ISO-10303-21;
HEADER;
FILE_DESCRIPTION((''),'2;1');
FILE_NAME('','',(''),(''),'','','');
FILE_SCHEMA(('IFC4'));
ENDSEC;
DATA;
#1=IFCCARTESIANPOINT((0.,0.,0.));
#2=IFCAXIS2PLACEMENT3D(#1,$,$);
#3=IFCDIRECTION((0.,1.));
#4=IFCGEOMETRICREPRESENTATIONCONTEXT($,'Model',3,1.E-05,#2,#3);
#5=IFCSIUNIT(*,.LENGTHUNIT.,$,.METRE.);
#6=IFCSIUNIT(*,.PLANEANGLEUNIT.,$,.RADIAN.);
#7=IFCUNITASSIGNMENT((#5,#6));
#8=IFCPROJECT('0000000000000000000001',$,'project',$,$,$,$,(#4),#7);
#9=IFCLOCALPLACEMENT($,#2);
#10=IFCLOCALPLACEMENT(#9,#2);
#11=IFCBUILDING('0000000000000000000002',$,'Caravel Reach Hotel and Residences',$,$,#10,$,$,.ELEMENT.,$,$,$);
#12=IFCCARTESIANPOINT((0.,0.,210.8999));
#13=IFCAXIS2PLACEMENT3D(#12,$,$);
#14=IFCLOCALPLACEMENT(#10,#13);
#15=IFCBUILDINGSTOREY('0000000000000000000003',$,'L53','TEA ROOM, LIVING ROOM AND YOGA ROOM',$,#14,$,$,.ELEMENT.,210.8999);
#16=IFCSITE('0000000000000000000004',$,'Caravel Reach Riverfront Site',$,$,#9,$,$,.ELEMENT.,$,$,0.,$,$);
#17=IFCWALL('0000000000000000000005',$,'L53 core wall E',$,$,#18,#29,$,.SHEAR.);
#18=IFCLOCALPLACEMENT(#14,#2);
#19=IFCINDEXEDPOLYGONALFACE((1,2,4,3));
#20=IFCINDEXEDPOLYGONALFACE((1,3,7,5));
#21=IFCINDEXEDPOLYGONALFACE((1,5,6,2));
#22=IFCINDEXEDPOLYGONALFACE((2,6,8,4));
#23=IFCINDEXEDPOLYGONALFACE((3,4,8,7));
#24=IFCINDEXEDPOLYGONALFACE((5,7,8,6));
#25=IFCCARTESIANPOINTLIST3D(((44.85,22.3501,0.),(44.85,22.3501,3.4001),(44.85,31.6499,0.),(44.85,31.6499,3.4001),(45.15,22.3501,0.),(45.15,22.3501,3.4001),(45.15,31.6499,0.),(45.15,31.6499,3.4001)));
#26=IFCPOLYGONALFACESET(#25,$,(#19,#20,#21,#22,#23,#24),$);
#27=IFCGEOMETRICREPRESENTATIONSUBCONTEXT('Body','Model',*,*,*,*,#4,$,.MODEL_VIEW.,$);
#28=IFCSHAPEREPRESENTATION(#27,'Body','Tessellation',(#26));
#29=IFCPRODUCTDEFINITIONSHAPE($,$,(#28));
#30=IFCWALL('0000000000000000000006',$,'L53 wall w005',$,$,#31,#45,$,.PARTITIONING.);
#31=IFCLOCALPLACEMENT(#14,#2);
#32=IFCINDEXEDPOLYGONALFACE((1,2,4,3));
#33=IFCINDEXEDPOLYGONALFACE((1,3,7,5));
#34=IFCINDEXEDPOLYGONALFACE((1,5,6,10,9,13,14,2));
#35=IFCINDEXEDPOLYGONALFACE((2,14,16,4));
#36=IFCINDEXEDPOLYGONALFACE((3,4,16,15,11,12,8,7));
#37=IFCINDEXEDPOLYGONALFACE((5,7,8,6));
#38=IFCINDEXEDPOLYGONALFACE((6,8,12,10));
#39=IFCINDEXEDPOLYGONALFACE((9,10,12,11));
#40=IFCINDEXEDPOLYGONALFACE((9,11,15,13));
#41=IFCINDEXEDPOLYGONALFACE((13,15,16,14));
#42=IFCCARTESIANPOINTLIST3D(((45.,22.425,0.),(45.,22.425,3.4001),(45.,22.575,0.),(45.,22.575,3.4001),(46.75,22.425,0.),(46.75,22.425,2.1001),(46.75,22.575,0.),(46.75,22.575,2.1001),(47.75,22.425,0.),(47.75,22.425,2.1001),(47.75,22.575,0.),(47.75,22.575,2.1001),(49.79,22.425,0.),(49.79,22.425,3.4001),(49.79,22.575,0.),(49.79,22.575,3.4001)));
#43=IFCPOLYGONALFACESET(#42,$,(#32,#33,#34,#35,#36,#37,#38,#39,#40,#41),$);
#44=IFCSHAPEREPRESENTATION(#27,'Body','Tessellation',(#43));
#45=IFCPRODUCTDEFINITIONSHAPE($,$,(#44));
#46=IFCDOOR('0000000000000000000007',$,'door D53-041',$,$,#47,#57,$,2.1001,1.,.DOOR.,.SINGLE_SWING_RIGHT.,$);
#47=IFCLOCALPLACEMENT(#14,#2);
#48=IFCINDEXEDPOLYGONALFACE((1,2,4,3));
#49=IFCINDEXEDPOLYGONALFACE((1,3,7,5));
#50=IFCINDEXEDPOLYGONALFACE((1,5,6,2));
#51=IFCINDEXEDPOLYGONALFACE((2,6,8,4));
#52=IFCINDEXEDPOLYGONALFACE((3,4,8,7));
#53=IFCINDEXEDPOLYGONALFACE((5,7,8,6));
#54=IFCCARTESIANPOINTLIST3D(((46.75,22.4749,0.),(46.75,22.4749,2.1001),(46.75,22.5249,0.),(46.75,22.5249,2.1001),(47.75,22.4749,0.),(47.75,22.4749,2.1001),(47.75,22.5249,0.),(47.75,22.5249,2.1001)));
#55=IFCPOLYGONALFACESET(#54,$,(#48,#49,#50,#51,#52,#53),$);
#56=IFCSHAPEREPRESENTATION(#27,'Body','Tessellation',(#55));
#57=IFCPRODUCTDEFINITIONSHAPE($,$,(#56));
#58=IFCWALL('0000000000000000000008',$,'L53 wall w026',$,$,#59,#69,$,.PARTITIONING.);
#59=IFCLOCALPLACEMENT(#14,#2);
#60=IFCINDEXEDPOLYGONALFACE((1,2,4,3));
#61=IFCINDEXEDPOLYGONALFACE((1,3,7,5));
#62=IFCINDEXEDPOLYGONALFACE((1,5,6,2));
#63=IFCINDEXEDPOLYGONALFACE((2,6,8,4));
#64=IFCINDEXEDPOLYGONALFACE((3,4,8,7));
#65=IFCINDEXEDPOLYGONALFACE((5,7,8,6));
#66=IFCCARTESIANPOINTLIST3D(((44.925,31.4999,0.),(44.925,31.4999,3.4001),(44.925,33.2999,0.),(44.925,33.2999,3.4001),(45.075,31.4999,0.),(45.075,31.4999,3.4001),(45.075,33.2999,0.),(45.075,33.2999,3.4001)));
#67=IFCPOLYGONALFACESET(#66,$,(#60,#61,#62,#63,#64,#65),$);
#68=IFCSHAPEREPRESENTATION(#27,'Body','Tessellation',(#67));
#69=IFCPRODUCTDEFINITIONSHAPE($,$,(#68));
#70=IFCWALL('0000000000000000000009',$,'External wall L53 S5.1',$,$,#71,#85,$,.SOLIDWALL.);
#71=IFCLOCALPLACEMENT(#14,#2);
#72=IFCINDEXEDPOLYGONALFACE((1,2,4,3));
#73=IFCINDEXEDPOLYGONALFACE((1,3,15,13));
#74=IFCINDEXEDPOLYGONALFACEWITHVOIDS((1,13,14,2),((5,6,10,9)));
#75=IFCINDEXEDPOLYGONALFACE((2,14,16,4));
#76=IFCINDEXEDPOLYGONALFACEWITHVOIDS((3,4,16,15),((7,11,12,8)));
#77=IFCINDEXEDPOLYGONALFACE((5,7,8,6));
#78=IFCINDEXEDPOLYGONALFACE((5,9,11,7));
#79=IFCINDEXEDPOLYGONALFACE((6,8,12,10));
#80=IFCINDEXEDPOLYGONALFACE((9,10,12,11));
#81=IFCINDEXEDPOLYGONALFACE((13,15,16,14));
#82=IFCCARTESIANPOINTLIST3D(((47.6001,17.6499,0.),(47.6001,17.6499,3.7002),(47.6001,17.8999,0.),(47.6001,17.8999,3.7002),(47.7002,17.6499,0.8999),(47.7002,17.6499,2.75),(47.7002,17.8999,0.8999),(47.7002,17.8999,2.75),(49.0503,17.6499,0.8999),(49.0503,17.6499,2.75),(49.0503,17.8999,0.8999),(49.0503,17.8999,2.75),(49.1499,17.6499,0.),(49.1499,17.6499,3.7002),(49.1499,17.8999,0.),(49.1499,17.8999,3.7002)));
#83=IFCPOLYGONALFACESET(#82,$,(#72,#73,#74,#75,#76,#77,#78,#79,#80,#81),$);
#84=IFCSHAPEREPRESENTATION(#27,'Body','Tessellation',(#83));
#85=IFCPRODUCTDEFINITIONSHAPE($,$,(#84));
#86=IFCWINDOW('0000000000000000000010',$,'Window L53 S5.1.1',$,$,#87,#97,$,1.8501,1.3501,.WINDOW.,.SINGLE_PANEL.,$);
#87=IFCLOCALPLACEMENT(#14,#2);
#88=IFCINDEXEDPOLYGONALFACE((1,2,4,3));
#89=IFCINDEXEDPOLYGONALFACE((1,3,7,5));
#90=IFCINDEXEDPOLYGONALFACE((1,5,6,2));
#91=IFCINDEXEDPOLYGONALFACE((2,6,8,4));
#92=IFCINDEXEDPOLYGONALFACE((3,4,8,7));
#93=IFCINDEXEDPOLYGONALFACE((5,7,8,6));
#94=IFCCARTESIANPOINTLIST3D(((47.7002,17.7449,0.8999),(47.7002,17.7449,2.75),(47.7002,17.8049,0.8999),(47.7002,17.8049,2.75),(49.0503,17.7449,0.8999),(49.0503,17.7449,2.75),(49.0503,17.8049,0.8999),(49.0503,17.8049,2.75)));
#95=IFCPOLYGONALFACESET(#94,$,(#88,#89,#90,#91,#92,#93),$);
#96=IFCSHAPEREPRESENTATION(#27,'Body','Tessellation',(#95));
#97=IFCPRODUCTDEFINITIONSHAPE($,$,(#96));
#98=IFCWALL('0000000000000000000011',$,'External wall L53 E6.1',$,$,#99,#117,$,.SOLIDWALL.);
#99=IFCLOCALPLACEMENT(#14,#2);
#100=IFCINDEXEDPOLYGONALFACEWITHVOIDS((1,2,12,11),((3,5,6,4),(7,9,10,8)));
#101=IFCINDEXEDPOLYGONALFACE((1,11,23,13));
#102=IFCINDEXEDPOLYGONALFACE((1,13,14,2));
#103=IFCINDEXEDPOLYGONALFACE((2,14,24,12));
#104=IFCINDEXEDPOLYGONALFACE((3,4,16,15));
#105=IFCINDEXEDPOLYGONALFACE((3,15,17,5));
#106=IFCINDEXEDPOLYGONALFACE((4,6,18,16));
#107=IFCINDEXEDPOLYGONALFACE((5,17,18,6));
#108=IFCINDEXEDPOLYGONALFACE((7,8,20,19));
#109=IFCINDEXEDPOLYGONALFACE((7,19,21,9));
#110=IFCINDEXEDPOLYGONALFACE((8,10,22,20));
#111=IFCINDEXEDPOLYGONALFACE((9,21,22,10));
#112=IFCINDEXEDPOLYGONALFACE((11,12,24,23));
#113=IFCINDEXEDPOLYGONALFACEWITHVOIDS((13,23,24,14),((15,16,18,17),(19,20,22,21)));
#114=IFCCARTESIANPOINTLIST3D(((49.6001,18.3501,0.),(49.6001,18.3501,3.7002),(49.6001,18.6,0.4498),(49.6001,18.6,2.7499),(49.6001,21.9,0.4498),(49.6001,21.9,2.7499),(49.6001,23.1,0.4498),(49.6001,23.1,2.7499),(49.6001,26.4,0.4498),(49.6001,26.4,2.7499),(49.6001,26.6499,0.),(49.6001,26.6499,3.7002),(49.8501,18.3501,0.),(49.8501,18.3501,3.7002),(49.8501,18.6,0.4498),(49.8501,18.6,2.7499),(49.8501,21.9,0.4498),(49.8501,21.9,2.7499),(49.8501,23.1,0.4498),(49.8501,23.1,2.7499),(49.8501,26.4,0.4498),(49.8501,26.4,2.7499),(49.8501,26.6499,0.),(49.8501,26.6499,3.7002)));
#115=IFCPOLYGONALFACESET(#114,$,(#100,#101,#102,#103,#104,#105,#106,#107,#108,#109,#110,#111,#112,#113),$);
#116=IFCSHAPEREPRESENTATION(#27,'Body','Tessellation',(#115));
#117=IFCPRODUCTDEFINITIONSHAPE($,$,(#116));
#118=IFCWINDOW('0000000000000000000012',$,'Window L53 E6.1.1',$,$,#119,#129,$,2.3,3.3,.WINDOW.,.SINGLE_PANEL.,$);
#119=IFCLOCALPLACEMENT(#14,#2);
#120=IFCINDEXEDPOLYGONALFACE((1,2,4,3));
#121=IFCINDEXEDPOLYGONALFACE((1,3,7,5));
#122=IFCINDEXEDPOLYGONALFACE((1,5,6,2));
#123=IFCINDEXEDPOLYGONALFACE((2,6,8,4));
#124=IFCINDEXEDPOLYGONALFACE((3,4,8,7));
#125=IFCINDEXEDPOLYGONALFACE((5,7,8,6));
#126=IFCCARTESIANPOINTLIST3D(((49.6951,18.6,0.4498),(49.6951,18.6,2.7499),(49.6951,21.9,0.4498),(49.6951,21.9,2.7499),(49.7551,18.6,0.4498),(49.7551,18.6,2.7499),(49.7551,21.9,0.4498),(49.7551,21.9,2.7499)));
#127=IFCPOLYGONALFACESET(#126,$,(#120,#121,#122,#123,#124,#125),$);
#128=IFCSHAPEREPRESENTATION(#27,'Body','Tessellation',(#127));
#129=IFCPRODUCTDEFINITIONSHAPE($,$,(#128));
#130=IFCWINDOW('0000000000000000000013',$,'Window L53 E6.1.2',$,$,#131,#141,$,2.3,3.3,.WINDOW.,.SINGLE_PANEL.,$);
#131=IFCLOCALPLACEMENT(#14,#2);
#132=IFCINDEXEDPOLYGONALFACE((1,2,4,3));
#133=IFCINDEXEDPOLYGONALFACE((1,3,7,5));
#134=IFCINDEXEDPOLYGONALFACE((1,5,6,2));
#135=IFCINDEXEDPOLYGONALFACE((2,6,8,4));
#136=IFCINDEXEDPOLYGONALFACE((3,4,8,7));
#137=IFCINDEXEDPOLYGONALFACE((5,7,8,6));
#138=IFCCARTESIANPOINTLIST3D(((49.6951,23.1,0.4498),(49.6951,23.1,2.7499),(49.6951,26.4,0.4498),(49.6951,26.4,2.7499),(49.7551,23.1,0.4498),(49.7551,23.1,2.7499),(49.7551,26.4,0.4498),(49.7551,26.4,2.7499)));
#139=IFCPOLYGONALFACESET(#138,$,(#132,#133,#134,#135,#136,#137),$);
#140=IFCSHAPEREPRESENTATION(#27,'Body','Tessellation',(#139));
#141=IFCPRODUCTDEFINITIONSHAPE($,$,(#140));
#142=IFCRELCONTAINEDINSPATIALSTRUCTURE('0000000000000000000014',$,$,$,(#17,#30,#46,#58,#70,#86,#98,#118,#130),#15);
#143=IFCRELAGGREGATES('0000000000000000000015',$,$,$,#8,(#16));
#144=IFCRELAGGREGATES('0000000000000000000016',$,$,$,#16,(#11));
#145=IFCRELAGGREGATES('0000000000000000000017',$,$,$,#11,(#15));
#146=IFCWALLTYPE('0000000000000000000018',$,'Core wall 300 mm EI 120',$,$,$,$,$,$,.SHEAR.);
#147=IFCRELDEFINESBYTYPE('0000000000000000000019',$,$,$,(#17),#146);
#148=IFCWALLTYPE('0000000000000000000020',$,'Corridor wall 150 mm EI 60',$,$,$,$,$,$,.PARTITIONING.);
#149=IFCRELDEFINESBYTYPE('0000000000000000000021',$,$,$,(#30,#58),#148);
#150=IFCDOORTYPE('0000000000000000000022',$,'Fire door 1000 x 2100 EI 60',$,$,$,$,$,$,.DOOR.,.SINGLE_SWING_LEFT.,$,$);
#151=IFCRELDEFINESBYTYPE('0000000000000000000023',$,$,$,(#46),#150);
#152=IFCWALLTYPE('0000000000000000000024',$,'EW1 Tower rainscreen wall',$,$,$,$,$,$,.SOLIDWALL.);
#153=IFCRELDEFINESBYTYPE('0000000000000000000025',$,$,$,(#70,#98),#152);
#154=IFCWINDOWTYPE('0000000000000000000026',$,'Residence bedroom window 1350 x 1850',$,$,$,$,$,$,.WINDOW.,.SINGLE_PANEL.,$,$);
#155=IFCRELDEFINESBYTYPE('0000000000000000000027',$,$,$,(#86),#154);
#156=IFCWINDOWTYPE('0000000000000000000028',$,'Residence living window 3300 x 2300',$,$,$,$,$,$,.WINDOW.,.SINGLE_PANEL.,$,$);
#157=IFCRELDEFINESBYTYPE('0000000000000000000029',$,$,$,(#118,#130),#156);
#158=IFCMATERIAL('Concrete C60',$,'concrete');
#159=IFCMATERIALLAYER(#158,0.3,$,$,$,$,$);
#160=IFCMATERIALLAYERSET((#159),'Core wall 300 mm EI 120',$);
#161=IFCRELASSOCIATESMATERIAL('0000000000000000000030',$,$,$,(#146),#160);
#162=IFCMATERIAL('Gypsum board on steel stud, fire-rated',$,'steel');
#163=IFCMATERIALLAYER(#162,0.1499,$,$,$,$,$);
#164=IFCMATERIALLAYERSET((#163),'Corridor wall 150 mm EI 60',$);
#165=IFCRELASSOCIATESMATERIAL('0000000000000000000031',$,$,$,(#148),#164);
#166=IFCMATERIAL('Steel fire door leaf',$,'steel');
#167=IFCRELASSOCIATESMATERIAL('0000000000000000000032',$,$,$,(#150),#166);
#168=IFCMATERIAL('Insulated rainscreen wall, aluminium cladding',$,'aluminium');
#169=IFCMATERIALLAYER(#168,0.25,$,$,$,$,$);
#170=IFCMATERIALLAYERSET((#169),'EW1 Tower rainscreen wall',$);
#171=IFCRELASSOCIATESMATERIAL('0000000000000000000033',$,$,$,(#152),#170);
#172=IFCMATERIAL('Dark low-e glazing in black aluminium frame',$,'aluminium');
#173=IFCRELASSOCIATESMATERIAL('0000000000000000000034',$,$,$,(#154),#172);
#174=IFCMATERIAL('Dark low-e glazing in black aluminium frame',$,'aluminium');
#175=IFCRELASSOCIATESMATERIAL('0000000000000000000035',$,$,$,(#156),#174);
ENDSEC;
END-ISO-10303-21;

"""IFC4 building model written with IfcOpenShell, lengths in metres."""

from ifc_helpers import new_model, si_unit, direction, frame, frame_2d, origin, place, context, subcontext, project, spatial, rectangle, extrude, material, layer, layer_set, type_object, element, fill, save


model = new_model("IFC4")

# Units and contexts
model_context = context("Model", 3, precision=1e-05, world=origin(), true_north=direction((0.0, 1.0)))
body_context = subcontext(model_context, "Body", "Model", "MODEL_VIEW")
ifc_project = project(units=[si_unit("LENGTHUNIT", "METRE"), si_unit("PLANEANGLEUNIT", "RADIAN")], contexts=[model_context])

# Site, building, storey
site_placement = place(None, origin())
site = spatial("IfcSite", under=ifc_project, at=site_placement, Name="Caravel Reach Riverfront Site", CompositionType="ELEMENT", RefElevation=0.0)
building_placement = place(site_placement, origin())
building = spatial("IfcBuilding", under=site, at=building_placement, Name="Caravel Reach Hotel and Residences", CompositionType="ELEMENT")
storey_placement = place(building_placement, frame((0.0, 0.0, 210.8999)))
storey = spatial("IfcBuildingStorey", under=building, at=storey_placement, Name="L53", Description="TEA ROOM, LIVING ROOM AND YOGA ROOM", CompositionType="ELEMENT", Elevation=210.8999)

# Wall
ifc_material_1 = material(Name="Concrete C60", Category="concrete")
ifc_layer_1 = layer(ifc_material_1, 0.3)
ifc_layer_set_1 = layer_set([ifc_layer_1], Name="Core wall 300 mm EI 120")
wall_type_1 = type_object("IfcWallType", Name="Core wall 300 mm EI 120", PredefinedType="SHEAR", material=ifc_layer_set_1)
wall_1_placement = place(storey_placement, frame((45.0, 22.3501, 0.0), z_axis=(0.0, 0.0, 1.0), x_axis=(0.0, 1.0, 0.0)))
element("IfcWall", 1, at=wall_1_placement, inside=storey, type_object=wall_type_1, Name="L53 core wall E", PredefinedType="SHEAR", context=body_context, shape_type="SweptSolid", body=[
    extrude(rectangle(XDim=9.2998, YDim=0.3, at=frame_2d((4.6499, 0.0))), origin(), (0.0, 0.0, 1.0), 3.4001),
])

# Wall, opening, door
ifc_material_2 = material(Name="Gypsum board on steel stud, fire-rated", Category="steel")
ifc_layer_2 = layer(ifc_material_2, 0.1499)
ifc_layer_set_2 = layer_set([ifc_layer_2], Name="Corridor wall 150 mm EI 60")
wall_type_2 = type_object("IfcWallType", Name="Corridor wall 150 mm EI 60", PredefinedType="PARTITIONING", material=ifc_layer_set_2)
wall_2_placement = place(storey_placement, frame((45.0, 22.5, 0.0), z_axis=(0.0, 0.0, 1.0), x_axis=(1.0, 0.0, 0.0)))
wall_2 = element("IfcWall", 2, at=wall_2_placement, inside=storey, type_object=wall_type_2, Name="L53 wall w005", PredefinedType="PARTITIONING", context=body_context, shape_type="SweptSolid", body=[
    extrude(rectangle(XDim=4.79, YDim=0.1499, at=frame_2d((2.395, 0.0))), origin(), (0.0, 0.0, 1.0), 3.4001),
])
opening_1_placement = place(wall_2_placement, frame((1.75, 0.0, 0.0)))
opening_1 = element("IfcOpeningElement", 3, at=opening_1_placement, cuts=wall_2, PredefinedType="OPENING", context=body_context, shape_type="SweptSolid", body=[
    extrude(rectangle(XDim=1.0, YDim=2.1001, at=frame_2d((0.5, 1.05))), frame((0.0, 0.085, 0.0), z_axis=(0.0, -1.0, 0.0), x_axis=(1.0, 0.0, 0.0)), (0.0, 0.0, 1.0), 0.1699),
])
ifc_material_3 = material(Name="Steel fire door leaf", Category="steel")
door_type = type_object("IfcDoorType", Name="Fire door 1000 x 2100 EI 60", OperationType="SINGLE_SWING_LEFT", PredefinedType="DOOR", material=ifc_material_3)
door_placement = place(opening_1_placement, origin())
door = element("IfcDoor", 4, at=door_placement, inside=storey, type_object=door_type, Name="door D53-041", OperationType="SINGLE_SWING_RIGHT", OverallHeight=2.1001, OverallWidth=1.0, PredefinedType="DOOR", context=body_context, shape_type="SweptSolid", body=[
    extrude(rectangle(XDim=1.0, YDim=2.1001, at=frame_2d((0.5, 1.05))), frame((0.0, 0.0249, 0.0), z_axis=(0.0, -1.0, 0.0), x_axis=(1.0, 0.0, 0.0)), (0.0, 0.0, 1.0), 0.05),
])
fill(opening_1, door)

# Wall
wall_3_placement = place(storey_placement, frame((45.0, 31.5, 0.0), z_axis=(0.0, 0.0, 1.0), x_axis=(0.0, 1.0, 0.0)))
element("IfcWall", 5, at=wall_3_placement, inside=storey, type_object=wall_type_2, Name="L53 wall w026", PredefinedType="PARTITIONING", context=body_context, shape_type="SweptSolid", body=[
    extrude(rectangle(XDim=1.8, YDim=0.1499, at=frame_2d((0.8999, 0.0))), origin(), (0.0, 0.0, 1.0), 3.4001),
])

# Wall, opening, window
ifc_material_4 = material(Name="Insulated rainscreen wall, aluminium cladding", Category="aluminium")
ifc_layer_3 = layer(ifc_material_4, 0.25)
ifc_layer_set_3 = layer_set([ifc_layer_3], Name="EW1 Tower rainscreen wall")
wall_type_3 = type_object("IfcWallType", Name="EW1 Tower rainscreen wall", PredefinedType="SOLIDWALL", material=ifc_layer_set_3)
wall_4_placement = place(storey_placement, frame((47.6001, 17.7749, 0.0), z_axis=(0.0, 0.0, 1.0), x_axis=(1.0, 0.0, 0.0)))
wall_4 = element("IfcWall", 6, at=wall_4_placement, inside=storey, type_object=wall_type_3, Name="External wall L53 S5.1", PredefinedType="SOLIDWALL", context=body_context, shape_type="SweptSolid", body=[
    extrude(rectangle(XDim=1.5498, YDim=0.25, at=frame_2d((0.7749, 0.0))), origin(), (0.0, 0.0, 1.0), 3.7002),
])
opening_2_placement = place(wall_4_placement, frame((0.1001, 0.0, 0.8999)))
opening_2 = element("IfcOpeningElement", 7, at=opening_2_placement, cuts=wall_4, PredefinedType="OPENING", context=body_context, shape_type="SweptSolid", body=[
    extrude(rectangle(XDim=1.3501, YDim=1.8501, at=frame_2d((0.675, 0.925))), frame((0.0, 0.135, 0.0), z_axis=(0.0, -1.0, 0.0), x_axis=(1.0, 0.0, 0.0)), (0.0, 0.0, 1.0), 0.27),
])
ifc_material_5 = material(Name="Dark low-e glazing in black aluminium frame", Category="aluminium")
window_type_1 = type_object("IfcWindowType", Name="Residence bedroom window 1350 x 1850", PartitioningType="SINGLE_PANEL", PredefinedType="WINDOW", material=ifc_material_5)
window_1_placement = place(opening_2_placement, origin())
window_1 = element("IfcWindow", 8, at=window_1_placement, inside=storey, type_object=window_type_1, Name="Window L53 S5.1.1", OverallHeight=1.8501, OverallWidth=1.3501, PartitioningType="SINGLE_PANEL", PredefinedType="WINDOW", context=body_context, shape_type="SweptSolid", body=[
    extrude(rectangle(XDim=1.3501, YDim=1.8501, at=frame_2d((0.675, 0.925))), frame((0.0, 0.03, 0.0), z_axis=(0.0, -1.0, 0.0), x_axis=(1.0, 0.0, 0.0)), (0.0, 0.0, 1.0), 0.0601),
])
fill(opening_2, window_1)

# Wall, openings, windows
wall_5_placement = place(storey_placement, frame((49.7251, 18.3501, 0.0), z_axis=(0.0, 0.0, 1.0), x_axis=(0.0, 1.0, 0.0)))
wall_5 = element("IfcWall", 9, at=wall_5_placement, inside=storey, type_object=wall_type_3, Name="External wall L53 E6.1", PredefinedType="SOLIDWALL", context=body_context, shape_type="SweptSolid", body=[
    extrude(rectangle(XDim=8.2998, YDim=0.25, at=frame_2d((4.1499, 0.0))), origin(), (0.0, 0.0, 1.0), 3.7002),
])
opening_3_placement = place(wall_5_placement, frame((0.25, 0.0, 0.45)))
opening_3 = element("IfcOpeningElement", 10, at=opening_3_placement, cuts=wall_5, PredefinedType="OPENING", context=body_context, shape_type="SweptSolid", body=[
    extrude(rectangle(XDim=3.3, YDim=2.3, at=frame_2d((1.6499, 1.1499))), frame((0.0, 0.135, 0.0), z_axis=(0.0, -1.0, 0.0), x_axis=(1.0, 0.0, 0.0)), (0.0, 0.0, 1.0), 0.27),
])
opening_4_placement = place(wall_5_placement, frame((4.75, 0.0, 0.45)))
opening_4 = element("IfcOpeningElement", 11, at=opening_4_placement, cuts=wall_5, PredefinedType="OPENING", context=body_context, shape_type="SweptSolid", body=[
    extrude(rectangle(XDim=3.3, YDim=2.3, at=frame_2d((1.6499, 1.1499))), frame((0.0, 0.135, 0.0), z_axis=(0.0, -1.0, 0.0), x_axis=(1.0, 0.0, 0.0)), (0.0, 0.0, 1.0), 0.27),
])
ifc_material_6 = material(Name="Dark low-e glazing in black aluminium frame", Category="aluminium")
window_type_2 = type_object("IfcWindowType", Name="Residence living window 3300 x 2300", PartitioningType="SINGLE_PANEL", PredefinedType="WINDOW", material=ifc_material_6)
window_2_placement = place(opening_3_placement, origin())
window_2 = element("IfcWindow", 12, at=window_2_placement, inside=storey, type_object=window_type_2, Name="Window L53 E6.1.1", OverallHeight=2.3, OverallWidth=3.3, PartitioningType="SINGLE_PANEL", PredefinedType="WINDOW", context=body_context, shape_type="SweptSolid", body=[
    extrude(rectangle(XDim=3.3, YDim=2.3, at=frame_2d((1.6499, 1.1499))), frame((0.0, 0.03, 0.0), z_axis=(0.0, -1.0, 0.0), x_axis=(1.0, 0.0, 0.0)), (0.0, 0.0, 1.0), 0.0601),
])
fill(opening_3, window_2)
window_3_placement = place(opening_4_placement, origin())
window_3 = element("IfcWindow", 13, at=window_3_placement, inside=storey, type_object=window_type_2, Name="Window L53 E6.1.2", OverallHeight=2.3, OverallWidth=3.3, PartitioningType="SINGLE_PANEL", PredefinedType="WINDOW", context=body_context, shape_type="SweptSolid", body=[
    extrude(rectangle(XDim=3.3, YDim=2.3, at=frame_2d((1.6499, 1.1499))), frame((0.0, 0.03, 0.0), z_axis=(0.0, -1.0, 0.0), x_axis=(1.0, 0.0, 0.0)), (0.0, 0.0, 1.0), 0.0601),
])
fill(opening_4, window_3)

save(model, "model.ifc")
